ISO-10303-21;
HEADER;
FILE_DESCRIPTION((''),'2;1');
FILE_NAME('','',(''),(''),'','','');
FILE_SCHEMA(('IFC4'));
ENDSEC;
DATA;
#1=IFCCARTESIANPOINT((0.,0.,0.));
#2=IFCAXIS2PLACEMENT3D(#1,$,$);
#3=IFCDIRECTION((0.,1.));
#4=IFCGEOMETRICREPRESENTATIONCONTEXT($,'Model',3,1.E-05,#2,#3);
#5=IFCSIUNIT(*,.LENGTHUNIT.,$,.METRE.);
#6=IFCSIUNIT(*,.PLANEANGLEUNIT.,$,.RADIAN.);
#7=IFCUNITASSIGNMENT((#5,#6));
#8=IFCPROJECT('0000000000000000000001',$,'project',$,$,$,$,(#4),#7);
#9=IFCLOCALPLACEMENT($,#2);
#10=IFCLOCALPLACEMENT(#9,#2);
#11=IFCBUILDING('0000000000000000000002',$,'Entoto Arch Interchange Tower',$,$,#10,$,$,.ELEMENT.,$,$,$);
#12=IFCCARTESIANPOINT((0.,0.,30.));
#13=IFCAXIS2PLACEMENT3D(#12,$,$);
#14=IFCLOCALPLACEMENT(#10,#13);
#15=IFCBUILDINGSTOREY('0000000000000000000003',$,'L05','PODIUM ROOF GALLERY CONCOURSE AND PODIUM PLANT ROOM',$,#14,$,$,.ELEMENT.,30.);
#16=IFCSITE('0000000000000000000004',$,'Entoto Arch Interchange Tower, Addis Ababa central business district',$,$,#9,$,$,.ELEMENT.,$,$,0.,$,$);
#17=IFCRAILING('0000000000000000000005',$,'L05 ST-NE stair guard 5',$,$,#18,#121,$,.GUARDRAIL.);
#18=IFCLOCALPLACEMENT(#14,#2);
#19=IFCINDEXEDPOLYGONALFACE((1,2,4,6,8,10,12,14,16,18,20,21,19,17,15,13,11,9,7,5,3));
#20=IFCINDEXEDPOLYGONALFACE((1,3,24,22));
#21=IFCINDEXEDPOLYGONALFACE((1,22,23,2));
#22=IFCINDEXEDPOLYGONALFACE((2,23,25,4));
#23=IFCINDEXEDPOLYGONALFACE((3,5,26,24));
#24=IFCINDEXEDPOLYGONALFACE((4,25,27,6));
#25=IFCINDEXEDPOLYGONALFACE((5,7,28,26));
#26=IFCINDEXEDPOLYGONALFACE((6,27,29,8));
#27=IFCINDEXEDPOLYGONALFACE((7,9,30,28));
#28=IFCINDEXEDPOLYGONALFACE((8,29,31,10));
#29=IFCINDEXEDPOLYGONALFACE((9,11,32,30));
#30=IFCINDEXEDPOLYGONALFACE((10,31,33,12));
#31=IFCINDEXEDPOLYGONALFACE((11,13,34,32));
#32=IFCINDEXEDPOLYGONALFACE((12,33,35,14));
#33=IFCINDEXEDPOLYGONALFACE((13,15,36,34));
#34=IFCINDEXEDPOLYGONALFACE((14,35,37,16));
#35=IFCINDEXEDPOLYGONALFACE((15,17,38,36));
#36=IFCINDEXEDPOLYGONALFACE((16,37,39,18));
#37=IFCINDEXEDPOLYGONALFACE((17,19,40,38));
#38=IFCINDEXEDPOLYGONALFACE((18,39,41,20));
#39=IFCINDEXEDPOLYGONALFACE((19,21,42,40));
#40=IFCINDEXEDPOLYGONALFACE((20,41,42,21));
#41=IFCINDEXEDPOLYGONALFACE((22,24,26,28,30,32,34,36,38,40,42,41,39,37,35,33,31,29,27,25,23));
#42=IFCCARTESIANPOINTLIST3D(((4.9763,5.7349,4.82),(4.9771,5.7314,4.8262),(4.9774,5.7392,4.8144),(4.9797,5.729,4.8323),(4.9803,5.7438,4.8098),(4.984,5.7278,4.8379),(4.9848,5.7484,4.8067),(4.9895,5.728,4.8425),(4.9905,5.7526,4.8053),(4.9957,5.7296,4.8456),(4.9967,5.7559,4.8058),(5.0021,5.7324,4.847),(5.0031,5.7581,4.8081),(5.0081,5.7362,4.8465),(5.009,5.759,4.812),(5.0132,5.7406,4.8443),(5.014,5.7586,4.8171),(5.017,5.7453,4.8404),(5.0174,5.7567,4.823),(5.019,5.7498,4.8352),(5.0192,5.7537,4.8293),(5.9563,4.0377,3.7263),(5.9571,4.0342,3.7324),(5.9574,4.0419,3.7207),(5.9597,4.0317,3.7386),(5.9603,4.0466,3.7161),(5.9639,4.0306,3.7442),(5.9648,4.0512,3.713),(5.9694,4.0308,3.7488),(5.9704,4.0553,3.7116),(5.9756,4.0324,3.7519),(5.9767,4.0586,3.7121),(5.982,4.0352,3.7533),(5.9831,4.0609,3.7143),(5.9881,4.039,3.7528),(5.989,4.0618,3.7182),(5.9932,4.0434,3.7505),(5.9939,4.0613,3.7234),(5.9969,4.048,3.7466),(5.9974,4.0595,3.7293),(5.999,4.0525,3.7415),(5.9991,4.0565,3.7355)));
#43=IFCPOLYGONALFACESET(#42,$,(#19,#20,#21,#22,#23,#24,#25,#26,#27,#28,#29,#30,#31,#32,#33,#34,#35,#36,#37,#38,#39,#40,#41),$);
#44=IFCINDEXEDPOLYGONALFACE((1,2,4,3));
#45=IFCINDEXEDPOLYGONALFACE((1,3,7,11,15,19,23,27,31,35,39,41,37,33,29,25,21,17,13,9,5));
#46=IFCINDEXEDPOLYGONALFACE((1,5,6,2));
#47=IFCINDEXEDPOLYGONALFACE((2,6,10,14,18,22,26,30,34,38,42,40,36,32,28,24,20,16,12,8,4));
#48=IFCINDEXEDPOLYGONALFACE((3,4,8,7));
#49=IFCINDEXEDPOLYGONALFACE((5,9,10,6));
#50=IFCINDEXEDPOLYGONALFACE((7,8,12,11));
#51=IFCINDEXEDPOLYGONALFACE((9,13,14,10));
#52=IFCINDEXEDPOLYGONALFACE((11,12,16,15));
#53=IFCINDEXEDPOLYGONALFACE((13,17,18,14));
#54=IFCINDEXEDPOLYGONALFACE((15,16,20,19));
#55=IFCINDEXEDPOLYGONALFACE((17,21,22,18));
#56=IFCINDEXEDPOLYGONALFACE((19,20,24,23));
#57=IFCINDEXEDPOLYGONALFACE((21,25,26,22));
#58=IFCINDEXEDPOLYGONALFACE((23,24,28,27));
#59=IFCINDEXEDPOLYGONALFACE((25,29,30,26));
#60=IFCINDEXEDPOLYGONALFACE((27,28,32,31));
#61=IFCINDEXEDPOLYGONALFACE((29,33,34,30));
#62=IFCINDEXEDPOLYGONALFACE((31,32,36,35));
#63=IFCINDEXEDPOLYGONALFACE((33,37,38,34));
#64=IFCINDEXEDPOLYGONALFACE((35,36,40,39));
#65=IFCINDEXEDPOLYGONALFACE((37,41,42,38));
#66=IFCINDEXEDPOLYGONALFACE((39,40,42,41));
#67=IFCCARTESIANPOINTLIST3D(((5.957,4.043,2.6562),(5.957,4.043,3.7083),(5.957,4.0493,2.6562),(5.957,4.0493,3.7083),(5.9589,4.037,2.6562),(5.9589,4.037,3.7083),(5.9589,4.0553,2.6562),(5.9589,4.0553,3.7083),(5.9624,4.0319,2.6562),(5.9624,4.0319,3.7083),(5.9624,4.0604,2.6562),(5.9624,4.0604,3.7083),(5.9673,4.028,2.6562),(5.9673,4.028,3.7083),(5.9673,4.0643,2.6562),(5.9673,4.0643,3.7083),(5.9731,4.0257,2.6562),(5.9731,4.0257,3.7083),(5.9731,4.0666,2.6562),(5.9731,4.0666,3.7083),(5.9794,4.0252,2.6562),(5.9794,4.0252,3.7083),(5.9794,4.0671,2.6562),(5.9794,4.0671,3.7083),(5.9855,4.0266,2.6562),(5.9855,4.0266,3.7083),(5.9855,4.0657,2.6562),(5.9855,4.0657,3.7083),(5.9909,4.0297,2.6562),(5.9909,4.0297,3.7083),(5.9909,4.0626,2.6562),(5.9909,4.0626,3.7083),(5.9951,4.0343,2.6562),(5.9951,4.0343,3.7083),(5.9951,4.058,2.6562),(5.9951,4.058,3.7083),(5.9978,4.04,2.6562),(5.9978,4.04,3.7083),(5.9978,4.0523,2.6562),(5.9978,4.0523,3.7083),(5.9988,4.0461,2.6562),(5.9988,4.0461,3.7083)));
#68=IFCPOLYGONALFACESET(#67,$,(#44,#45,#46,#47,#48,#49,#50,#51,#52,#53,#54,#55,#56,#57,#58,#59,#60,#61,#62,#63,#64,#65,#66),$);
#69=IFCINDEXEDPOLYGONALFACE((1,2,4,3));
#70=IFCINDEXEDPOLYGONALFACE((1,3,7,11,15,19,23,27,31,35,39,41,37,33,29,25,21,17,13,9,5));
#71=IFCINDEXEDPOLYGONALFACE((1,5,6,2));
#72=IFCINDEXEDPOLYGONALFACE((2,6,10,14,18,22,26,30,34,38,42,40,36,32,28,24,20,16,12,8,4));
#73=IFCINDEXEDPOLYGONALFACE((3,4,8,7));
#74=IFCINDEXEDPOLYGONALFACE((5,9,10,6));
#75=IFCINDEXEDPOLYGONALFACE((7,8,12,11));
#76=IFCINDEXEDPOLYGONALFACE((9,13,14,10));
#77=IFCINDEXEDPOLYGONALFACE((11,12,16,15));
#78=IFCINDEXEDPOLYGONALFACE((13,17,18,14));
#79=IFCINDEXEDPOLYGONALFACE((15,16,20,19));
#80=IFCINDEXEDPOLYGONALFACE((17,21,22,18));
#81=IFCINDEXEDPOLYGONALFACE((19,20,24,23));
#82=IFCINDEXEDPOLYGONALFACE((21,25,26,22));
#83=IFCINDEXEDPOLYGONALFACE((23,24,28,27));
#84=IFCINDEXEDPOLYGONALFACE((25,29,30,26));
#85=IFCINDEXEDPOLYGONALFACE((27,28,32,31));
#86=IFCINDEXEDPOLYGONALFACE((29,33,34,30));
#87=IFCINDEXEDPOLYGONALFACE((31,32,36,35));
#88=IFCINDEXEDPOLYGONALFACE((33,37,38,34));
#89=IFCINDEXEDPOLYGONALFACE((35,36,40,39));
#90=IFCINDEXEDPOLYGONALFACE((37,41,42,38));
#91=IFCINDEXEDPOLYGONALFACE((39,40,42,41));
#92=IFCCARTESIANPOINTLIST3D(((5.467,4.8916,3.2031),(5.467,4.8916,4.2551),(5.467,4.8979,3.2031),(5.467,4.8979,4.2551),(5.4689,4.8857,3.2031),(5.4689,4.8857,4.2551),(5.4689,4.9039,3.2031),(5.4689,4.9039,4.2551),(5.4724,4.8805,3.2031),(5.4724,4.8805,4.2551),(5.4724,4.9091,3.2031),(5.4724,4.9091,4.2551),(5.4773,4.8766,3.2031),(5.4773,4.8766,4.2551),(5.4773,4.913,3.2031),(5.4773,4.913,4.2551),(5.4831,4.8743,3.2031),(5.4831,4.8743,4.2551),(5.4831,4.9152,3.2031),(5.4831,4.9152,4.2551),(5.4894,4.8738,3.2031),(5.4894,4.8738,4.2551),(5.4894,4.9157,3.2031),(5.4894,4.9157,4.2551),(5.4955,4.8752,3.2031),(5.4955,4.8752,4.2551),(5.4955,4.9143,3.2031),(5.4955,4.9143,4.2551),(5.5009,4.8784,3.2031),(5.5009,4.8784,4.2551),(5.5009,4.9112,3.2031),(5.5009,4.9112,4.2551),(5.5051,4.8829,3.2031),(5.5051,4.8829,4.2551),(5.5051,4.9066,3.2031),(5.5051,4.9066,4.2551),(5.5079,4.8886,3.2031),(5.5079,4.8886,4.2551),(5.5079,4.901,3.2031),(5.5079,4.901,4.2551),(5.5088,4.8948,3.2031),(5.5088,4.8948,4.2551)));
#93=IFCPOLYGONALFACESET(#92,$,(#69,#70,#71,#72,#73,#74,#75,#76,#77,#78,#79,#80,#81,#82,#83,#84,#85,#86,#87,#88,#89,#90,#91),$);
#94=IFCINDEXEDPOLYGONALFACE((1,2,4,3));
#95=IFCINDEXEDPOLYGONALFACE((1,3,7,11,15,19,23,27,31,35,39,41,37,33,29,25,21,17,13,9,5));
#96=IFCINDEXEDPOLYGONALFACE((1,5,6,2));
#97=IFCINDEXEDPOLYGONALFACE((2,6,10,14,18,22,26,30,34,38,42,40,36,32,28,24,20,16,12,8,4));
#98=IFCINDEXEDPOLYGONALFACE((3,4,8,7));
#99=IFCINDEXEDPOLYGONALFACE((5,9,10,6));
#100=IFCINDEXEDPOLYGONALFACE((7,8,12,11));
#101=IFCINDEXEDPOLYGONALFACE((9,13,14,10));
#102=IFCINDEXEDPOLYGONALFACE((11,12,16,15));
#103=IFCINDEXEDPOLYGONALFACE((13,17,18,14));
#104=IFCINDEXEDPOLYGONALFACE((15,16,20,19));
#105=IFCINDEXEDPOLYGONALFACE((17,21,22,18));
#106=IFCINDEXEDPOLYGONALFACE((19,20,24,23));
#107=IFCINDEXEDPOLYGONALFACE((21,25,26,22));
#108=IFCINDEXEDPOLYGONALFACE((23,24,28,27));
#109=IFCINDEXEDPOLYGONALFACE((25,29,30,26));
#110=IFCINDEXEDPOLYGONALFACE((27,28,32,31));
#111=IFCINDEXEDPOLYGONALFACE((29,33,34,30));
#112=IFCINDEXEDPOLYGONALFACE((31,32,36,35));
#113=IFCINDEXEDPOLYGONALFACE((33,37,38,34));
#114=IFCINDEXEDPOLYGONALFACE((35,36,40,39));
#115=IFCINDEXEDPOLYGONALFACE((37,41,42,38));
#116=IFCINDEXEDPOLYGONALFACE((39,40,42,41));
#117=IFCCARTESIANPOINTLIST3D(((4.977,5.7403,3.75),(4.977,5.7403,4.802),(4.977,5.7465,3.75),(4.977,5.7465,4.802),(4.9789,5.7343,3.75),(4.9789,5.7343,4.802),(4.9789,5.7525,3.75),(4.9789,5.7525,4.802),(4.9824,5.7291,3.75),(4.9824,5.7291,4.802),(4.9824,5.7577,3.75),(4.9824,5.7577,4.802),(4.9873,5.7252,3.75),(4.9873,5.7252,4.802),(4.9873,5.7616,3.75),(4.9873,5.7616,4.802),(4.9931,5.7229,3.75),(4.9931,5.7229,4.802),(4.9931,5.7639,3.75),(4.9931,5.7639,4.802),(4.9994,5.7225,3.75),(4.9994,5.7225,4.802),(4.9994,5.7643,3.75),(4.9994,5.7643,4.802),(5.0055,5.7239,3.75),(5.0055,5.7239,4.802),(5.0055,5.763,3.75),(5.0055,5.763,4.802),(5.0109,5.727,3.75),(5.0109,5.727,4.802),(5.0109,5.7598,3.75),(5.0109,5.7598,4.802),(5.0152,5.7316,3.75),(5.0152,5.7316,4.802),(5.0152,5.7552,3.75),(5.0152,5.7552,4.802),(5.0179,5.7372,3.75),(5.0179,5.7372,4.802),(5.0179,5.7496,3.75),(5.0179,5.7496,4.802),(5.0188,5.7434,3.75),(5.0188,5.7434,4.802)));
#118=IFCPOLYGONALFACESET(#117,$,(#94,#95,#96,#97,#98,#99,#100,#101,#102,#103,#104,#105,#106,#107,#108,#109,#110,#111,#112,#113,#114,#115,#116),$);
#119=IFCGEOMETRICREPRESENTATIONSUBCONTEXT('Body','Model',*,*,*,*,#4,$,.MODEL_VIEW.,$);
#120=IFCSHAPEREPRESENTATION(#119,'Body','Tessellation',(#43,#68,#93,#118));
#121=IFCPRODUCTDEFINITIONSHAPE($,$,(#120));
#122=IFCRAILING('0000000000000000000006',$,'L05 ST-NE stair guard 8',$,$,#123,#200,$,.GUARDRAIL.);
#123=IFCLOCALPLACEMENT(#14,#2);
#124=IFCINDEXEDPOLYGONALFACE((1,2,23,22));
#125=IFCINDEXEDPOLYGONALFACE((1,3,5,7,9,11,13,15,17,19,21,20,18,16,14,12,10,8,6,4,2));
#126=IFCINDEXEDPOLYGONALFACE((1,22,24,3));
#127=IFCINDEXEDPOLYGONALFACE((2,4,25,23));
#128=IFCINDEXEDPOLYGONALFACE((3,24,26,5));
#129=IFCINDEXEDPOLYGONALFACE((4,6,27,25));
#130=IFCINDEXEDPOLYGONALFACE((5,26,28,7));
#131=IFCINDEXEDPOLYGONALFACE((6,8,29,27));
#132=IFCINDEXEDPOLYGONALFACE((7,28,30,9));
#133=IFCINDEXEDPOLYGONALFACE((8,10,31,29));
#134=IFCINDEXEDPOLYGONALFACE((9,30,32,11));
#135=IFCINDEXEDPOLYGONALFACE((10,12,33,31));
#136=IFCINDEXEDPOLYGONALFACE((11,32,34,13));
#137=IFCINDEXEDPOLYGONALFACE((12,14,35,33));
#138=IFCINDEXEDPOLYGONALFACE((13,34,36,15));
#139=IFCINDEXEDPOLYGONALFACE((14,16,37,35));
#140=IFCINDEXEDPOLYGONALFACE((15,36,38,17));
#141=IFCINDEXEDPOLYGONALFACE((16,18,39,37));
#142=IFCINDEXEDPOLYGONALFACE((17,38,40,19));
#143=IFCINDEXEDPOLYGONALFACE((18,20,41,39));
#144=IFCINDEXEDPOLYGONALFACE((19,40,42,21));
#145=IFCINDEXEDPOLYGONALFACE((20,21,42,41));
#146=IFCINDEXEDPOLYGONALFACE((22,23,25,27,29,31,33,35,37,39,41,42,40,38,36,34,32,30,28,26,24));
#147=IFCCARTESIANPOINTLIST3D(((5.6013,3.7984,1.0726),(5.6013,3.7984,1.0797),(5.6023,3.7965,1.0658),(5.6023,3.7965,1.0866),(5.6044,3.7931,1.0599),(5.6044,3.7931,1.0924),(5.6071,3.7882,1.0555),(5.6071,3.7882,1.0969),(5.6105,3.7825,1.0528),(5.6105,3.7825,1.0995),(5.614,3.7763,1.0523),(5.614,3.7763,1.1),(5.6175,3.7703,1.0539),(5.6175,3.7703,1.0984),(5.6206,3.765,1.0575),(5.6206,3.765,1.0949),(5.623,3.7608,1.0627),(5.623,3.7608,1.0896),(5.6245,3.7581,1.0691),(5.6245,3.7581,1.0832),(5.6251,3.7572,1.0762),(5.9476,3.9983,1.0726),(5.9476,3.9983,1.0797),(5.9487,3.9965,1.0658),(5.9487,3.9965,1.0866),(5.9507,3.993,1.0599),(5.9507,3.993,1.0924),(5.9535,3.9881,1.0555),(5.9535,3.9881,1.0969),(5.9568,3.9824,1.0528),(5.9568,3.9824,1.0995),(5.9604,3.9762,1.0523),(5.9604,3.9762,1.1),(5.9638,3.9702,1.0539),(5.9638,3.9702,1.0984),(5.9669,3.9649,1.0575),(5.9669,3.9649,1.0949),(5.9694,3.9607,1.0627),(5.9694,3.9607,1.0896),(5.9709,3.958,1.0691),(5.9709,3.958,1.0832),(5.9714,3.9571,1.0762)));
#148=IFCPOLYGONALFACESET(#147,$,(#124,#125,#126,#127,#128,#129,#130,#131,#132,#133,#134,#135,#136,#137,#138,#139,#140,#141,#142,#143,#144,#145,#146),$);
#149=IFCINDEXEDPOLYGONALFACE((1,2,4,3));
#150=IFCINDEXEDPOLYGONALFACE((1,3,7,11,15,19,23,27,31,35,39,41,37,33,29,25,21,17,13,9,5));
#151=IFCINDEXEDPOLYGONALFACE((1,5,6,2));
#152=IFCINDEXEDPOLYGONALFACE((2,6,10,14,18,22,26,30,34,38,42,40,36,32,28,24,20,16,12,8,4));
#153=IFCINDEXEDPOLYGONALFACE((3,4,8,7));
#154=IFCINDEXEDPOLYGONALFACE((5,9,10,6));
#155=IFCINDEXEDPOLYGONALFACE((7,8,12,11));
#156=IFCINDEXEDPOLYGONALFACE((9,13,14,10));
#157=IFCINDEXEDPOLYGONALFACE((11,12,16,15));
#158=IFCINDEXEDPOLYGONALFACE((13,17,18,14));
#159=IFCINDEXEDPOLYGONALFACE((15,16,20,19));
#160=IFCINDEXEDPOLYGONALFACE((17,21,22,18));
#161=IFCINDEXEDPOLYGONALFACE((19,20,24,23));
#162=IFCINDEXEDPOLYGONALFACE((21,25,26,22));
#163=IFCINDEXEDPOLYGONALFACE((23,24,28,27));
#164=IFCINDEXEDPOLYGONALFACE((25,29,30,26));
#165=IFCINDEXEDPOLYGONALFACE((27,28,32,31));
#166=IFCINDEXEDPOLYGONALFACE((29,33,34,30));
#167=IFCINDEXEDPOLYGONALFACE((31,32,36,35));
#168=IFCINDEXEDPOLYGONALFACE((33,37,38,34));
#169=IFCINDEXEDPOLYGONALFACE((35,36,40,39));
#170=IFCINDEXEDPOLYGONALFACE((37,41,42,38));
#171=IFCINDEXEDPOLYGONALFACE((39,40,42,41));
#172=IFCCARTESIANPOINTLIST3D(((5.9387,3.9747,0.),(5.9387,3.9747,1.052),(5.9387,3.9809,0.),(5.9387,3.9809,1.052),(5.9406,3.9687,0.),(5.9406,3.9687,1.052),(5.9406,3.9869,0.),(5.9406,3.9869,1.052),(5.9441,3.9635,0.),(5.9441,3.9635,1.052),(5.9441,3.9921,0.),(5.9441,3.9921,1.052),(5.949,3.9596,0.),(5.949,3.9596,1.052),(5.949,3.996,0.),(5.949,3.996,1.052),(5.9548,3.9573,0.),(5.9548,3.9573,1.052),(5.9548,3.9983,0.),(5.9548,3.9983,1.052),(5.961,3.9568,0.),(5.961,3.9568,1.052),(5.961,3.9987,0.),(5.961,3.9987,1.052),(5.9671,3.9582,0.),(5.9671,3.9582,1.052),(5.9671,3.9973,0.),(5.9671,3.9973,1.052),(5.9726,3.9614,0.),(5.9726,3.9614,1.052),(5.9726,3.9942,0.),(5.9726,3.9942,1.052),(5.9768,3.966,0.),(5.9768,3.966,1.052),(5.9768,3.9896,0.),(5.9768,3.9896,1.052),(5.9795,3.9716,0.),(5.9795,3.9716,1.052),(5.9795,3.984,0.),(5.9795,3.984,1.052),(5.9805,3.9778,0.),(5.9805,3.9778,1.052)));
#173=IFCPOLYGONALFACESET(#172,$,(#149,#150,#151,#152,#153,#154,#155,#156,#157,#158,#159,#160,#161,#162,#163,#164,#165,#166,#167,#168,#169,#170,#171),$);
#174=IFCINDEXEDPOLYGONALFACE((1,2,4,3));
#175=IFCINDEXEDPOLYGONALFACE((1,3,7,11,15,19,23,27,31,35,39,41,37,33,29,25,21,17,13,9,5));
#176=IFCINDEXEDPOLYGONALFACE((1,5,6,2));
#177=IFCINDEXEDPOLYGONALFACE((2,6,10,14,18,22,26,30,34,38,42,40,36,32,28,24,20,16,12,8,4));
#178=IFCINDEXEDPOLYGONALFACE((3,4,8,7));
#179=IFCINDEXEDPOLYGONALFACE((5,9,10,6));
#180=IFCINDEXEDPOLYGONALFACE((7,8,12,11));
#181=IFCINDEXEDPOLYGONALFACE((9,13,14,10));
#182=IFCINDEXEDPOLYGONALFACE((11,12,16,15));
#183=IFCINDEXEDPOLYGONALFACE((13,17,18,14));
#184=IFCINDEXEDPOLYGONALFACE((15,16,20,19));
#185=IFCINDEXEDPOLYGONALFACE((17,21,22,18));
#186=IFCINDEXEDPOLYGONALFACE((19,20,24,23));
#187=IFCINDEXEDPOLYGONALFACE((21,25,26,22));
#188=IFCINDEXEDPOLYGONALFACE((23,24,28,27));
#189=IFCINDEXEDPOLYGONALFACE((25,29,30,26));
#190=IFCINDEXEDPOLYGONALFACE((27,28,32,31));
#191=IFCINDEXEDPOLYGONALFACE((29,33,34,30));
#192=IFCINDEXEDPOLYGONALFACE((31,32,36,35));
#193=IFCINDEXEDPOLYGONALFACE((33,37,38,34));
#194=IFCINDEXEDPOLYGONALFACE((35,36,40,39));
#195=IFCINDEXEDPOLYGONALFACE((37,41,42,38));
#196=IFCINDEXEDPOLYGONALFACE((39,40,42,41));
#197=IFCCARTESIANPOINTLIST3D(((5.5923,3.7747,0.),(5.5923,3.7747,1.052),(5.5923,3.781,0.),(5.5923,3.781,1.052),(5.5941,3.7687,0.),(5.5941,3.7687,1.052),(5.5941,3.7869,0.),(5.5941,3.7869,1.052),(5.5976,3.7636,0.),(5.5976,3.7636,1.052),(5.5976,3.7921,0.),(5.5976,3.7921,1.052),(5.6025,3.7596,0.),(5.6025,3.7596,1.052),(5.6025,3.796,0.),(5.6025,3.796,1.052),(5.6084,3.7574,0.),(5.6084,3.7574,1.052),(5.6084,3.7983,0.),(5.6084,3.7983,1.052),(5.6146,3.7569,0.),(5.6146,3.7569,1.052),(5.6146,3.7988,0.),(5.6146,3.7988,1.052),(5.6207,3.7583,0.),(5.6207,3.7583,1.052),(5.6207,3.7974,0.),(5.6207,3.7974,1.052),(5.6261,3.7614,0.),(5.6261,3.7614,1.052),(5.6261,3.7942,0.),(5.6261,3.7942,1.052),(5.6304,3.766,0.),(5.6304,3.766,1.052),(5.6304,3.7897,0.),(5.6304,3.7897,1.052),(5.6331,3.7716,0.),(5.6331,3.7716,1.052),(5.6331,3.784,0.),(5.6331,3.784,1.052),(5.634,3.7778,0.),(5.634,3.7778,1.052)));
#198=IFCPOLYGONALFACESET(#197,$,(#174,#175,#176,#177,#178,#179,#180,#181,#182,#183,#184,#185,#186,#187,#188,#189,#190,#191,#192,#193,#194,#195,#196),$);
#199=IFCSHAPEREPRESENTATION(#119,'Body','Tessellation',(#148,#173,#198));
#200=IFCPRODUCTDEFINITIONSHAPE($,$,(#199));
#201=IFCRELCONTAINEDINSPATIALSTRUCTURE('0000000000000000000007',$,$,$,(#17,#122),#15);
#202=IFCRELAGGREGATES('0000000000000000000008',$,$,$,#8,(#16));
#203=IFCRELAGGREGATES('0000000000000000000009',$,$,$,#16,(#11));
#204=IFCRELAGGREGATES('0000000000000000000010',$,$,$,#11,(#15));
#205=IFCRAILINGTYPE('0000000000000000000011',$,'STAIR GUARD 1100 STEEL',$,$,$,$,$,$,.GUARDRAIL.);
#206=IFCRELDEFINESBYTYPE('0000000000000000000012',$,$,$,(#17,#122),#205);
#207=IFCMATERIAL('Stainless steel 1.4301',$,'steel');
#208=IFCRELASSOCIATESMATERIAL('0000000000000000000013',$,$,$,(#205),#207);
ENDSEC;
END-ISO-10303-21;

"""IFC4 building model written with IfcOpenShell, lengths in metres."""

from ifc_helpers import new_model, si_unit, direction, frame, origin, origin_2d, place, context, subcontext, project, spatial, circle, extrude, material, type_object, element, save


model = new_model("IFC4")

# Units and contexts
model_context = context("Model", 3, precision=1e-05, world=origin(), true_north=direction((0.0, 1.0)))
body_context = subcontext(model_context, "Body", "Model", "MODEL_VIEW")
ifc_project = project(units=[si_unit("LENGTHUNIT", "METRE"), si_unit("PLANEANGLEUNIT", "RADIAN")], contexts=[model_context])

# Site, building, storey
site_placement = place(None, origin())
site = spatial("IfcSite", under=ifc_project, at=site_placement, Name="Entoto Arch Interchange Tower, Addis Ababa central business district", CompositionType="ELEMENT", RefElevation=0.0)
building_placement = place(site_placement, origin())
building = spatial("IfcBuilding", under=site, at=building_placement, Name="Entoto Arch Interchange Tower", CompositionType="ELEMENT")
storey_placement = place(building_placement, frame((0.0, 0.0, 30.0)))
storey = spatial("IfcBuildingStorey", under=building, at=storey_placement, Name="L05", Description="PODIUM ROOF GALLERY CONCOURSE AND PODIUM PLANT ROOM", CompositionType="ELEMENT", Elevation=30.0)

# Railings
ifc_material_1 = material(Name="Stainless steel 1.4301", Category="steel")
railing_type_1 = type_object("IfcRailingType", Name="STAIR GUARD 1100 STEEL", PredefinedType="GUARDRAIL", material=ifc_material_1)
railing_1_placement = place(storey_placement, frame((5.9778, 4.0461, 2.6562)))
element("IfcRailing", 1, at=railing_1_placement, inside=storey, type_object=railing_type_1, Name="L05 ST-NE stair guard 5", PredefinedType="GUARDRAIL", context=body_context, shape_type="SweptSolid", body=[
    extrude(circle(Radius=0.0239, at=origin_2d()), frame((0.0, 0.0, 1.0762), z_axis=(-0.436632, 0.75622, 0.487323), x_axis=(-0.866011, -0.500024, 0.0)), (0.0, 0.0, 1.0), 2.2444),
    extrude(circle(Radius=0.021, at=origin_2d()), origin(), (0.0, 0.0, 1.0), 1.052),
    extrude(circle(Radius=0.021, at=origin_2d()), frame((-0.49, 0.8486, 0.5469)), (0.0, 0.0, 1.0), 1.052),
    extrude(circle(Radius=0.021, at=origin_2d()), frame((-0.98, 1.6973, 1.0938)), (0.0, 0.0, 1.0), 1.052),
])
railing_2_placement = place(storey_placement, frame((5.9595, 3.9778, 0.0)))
element("IfcRailing", 2, at=railing_2_placement, inside=storey, type_object=railing_type_1, Name="L05 ST-NE stair guard 8", PredefinedType="GUARDRAIL", context=body_context, shape_type="SweptSolid", body=[
    extrude(circle(Radius=0.0239, at=origin_2d()), frame((0.0, 0.0, 1.0762), z_axis=(-0.866094, -0.499881, 0.0), x_axis=(0.499881, -0.866094, 0.0)), (0.0, 0.0, 1.0), 0.3999),
    extrude(circle(Radius=0.021, at=origin_2d()), origin(), (0.0, 0.0, 1.0), 1.052),
    extrude(circle(Radius=0.021, at=origin_2d()), frame((-0.3464, -0.2, 0.0)), (0.0, 0.0, 1.0), 1.052),
])

save(model, "model.ifc")
